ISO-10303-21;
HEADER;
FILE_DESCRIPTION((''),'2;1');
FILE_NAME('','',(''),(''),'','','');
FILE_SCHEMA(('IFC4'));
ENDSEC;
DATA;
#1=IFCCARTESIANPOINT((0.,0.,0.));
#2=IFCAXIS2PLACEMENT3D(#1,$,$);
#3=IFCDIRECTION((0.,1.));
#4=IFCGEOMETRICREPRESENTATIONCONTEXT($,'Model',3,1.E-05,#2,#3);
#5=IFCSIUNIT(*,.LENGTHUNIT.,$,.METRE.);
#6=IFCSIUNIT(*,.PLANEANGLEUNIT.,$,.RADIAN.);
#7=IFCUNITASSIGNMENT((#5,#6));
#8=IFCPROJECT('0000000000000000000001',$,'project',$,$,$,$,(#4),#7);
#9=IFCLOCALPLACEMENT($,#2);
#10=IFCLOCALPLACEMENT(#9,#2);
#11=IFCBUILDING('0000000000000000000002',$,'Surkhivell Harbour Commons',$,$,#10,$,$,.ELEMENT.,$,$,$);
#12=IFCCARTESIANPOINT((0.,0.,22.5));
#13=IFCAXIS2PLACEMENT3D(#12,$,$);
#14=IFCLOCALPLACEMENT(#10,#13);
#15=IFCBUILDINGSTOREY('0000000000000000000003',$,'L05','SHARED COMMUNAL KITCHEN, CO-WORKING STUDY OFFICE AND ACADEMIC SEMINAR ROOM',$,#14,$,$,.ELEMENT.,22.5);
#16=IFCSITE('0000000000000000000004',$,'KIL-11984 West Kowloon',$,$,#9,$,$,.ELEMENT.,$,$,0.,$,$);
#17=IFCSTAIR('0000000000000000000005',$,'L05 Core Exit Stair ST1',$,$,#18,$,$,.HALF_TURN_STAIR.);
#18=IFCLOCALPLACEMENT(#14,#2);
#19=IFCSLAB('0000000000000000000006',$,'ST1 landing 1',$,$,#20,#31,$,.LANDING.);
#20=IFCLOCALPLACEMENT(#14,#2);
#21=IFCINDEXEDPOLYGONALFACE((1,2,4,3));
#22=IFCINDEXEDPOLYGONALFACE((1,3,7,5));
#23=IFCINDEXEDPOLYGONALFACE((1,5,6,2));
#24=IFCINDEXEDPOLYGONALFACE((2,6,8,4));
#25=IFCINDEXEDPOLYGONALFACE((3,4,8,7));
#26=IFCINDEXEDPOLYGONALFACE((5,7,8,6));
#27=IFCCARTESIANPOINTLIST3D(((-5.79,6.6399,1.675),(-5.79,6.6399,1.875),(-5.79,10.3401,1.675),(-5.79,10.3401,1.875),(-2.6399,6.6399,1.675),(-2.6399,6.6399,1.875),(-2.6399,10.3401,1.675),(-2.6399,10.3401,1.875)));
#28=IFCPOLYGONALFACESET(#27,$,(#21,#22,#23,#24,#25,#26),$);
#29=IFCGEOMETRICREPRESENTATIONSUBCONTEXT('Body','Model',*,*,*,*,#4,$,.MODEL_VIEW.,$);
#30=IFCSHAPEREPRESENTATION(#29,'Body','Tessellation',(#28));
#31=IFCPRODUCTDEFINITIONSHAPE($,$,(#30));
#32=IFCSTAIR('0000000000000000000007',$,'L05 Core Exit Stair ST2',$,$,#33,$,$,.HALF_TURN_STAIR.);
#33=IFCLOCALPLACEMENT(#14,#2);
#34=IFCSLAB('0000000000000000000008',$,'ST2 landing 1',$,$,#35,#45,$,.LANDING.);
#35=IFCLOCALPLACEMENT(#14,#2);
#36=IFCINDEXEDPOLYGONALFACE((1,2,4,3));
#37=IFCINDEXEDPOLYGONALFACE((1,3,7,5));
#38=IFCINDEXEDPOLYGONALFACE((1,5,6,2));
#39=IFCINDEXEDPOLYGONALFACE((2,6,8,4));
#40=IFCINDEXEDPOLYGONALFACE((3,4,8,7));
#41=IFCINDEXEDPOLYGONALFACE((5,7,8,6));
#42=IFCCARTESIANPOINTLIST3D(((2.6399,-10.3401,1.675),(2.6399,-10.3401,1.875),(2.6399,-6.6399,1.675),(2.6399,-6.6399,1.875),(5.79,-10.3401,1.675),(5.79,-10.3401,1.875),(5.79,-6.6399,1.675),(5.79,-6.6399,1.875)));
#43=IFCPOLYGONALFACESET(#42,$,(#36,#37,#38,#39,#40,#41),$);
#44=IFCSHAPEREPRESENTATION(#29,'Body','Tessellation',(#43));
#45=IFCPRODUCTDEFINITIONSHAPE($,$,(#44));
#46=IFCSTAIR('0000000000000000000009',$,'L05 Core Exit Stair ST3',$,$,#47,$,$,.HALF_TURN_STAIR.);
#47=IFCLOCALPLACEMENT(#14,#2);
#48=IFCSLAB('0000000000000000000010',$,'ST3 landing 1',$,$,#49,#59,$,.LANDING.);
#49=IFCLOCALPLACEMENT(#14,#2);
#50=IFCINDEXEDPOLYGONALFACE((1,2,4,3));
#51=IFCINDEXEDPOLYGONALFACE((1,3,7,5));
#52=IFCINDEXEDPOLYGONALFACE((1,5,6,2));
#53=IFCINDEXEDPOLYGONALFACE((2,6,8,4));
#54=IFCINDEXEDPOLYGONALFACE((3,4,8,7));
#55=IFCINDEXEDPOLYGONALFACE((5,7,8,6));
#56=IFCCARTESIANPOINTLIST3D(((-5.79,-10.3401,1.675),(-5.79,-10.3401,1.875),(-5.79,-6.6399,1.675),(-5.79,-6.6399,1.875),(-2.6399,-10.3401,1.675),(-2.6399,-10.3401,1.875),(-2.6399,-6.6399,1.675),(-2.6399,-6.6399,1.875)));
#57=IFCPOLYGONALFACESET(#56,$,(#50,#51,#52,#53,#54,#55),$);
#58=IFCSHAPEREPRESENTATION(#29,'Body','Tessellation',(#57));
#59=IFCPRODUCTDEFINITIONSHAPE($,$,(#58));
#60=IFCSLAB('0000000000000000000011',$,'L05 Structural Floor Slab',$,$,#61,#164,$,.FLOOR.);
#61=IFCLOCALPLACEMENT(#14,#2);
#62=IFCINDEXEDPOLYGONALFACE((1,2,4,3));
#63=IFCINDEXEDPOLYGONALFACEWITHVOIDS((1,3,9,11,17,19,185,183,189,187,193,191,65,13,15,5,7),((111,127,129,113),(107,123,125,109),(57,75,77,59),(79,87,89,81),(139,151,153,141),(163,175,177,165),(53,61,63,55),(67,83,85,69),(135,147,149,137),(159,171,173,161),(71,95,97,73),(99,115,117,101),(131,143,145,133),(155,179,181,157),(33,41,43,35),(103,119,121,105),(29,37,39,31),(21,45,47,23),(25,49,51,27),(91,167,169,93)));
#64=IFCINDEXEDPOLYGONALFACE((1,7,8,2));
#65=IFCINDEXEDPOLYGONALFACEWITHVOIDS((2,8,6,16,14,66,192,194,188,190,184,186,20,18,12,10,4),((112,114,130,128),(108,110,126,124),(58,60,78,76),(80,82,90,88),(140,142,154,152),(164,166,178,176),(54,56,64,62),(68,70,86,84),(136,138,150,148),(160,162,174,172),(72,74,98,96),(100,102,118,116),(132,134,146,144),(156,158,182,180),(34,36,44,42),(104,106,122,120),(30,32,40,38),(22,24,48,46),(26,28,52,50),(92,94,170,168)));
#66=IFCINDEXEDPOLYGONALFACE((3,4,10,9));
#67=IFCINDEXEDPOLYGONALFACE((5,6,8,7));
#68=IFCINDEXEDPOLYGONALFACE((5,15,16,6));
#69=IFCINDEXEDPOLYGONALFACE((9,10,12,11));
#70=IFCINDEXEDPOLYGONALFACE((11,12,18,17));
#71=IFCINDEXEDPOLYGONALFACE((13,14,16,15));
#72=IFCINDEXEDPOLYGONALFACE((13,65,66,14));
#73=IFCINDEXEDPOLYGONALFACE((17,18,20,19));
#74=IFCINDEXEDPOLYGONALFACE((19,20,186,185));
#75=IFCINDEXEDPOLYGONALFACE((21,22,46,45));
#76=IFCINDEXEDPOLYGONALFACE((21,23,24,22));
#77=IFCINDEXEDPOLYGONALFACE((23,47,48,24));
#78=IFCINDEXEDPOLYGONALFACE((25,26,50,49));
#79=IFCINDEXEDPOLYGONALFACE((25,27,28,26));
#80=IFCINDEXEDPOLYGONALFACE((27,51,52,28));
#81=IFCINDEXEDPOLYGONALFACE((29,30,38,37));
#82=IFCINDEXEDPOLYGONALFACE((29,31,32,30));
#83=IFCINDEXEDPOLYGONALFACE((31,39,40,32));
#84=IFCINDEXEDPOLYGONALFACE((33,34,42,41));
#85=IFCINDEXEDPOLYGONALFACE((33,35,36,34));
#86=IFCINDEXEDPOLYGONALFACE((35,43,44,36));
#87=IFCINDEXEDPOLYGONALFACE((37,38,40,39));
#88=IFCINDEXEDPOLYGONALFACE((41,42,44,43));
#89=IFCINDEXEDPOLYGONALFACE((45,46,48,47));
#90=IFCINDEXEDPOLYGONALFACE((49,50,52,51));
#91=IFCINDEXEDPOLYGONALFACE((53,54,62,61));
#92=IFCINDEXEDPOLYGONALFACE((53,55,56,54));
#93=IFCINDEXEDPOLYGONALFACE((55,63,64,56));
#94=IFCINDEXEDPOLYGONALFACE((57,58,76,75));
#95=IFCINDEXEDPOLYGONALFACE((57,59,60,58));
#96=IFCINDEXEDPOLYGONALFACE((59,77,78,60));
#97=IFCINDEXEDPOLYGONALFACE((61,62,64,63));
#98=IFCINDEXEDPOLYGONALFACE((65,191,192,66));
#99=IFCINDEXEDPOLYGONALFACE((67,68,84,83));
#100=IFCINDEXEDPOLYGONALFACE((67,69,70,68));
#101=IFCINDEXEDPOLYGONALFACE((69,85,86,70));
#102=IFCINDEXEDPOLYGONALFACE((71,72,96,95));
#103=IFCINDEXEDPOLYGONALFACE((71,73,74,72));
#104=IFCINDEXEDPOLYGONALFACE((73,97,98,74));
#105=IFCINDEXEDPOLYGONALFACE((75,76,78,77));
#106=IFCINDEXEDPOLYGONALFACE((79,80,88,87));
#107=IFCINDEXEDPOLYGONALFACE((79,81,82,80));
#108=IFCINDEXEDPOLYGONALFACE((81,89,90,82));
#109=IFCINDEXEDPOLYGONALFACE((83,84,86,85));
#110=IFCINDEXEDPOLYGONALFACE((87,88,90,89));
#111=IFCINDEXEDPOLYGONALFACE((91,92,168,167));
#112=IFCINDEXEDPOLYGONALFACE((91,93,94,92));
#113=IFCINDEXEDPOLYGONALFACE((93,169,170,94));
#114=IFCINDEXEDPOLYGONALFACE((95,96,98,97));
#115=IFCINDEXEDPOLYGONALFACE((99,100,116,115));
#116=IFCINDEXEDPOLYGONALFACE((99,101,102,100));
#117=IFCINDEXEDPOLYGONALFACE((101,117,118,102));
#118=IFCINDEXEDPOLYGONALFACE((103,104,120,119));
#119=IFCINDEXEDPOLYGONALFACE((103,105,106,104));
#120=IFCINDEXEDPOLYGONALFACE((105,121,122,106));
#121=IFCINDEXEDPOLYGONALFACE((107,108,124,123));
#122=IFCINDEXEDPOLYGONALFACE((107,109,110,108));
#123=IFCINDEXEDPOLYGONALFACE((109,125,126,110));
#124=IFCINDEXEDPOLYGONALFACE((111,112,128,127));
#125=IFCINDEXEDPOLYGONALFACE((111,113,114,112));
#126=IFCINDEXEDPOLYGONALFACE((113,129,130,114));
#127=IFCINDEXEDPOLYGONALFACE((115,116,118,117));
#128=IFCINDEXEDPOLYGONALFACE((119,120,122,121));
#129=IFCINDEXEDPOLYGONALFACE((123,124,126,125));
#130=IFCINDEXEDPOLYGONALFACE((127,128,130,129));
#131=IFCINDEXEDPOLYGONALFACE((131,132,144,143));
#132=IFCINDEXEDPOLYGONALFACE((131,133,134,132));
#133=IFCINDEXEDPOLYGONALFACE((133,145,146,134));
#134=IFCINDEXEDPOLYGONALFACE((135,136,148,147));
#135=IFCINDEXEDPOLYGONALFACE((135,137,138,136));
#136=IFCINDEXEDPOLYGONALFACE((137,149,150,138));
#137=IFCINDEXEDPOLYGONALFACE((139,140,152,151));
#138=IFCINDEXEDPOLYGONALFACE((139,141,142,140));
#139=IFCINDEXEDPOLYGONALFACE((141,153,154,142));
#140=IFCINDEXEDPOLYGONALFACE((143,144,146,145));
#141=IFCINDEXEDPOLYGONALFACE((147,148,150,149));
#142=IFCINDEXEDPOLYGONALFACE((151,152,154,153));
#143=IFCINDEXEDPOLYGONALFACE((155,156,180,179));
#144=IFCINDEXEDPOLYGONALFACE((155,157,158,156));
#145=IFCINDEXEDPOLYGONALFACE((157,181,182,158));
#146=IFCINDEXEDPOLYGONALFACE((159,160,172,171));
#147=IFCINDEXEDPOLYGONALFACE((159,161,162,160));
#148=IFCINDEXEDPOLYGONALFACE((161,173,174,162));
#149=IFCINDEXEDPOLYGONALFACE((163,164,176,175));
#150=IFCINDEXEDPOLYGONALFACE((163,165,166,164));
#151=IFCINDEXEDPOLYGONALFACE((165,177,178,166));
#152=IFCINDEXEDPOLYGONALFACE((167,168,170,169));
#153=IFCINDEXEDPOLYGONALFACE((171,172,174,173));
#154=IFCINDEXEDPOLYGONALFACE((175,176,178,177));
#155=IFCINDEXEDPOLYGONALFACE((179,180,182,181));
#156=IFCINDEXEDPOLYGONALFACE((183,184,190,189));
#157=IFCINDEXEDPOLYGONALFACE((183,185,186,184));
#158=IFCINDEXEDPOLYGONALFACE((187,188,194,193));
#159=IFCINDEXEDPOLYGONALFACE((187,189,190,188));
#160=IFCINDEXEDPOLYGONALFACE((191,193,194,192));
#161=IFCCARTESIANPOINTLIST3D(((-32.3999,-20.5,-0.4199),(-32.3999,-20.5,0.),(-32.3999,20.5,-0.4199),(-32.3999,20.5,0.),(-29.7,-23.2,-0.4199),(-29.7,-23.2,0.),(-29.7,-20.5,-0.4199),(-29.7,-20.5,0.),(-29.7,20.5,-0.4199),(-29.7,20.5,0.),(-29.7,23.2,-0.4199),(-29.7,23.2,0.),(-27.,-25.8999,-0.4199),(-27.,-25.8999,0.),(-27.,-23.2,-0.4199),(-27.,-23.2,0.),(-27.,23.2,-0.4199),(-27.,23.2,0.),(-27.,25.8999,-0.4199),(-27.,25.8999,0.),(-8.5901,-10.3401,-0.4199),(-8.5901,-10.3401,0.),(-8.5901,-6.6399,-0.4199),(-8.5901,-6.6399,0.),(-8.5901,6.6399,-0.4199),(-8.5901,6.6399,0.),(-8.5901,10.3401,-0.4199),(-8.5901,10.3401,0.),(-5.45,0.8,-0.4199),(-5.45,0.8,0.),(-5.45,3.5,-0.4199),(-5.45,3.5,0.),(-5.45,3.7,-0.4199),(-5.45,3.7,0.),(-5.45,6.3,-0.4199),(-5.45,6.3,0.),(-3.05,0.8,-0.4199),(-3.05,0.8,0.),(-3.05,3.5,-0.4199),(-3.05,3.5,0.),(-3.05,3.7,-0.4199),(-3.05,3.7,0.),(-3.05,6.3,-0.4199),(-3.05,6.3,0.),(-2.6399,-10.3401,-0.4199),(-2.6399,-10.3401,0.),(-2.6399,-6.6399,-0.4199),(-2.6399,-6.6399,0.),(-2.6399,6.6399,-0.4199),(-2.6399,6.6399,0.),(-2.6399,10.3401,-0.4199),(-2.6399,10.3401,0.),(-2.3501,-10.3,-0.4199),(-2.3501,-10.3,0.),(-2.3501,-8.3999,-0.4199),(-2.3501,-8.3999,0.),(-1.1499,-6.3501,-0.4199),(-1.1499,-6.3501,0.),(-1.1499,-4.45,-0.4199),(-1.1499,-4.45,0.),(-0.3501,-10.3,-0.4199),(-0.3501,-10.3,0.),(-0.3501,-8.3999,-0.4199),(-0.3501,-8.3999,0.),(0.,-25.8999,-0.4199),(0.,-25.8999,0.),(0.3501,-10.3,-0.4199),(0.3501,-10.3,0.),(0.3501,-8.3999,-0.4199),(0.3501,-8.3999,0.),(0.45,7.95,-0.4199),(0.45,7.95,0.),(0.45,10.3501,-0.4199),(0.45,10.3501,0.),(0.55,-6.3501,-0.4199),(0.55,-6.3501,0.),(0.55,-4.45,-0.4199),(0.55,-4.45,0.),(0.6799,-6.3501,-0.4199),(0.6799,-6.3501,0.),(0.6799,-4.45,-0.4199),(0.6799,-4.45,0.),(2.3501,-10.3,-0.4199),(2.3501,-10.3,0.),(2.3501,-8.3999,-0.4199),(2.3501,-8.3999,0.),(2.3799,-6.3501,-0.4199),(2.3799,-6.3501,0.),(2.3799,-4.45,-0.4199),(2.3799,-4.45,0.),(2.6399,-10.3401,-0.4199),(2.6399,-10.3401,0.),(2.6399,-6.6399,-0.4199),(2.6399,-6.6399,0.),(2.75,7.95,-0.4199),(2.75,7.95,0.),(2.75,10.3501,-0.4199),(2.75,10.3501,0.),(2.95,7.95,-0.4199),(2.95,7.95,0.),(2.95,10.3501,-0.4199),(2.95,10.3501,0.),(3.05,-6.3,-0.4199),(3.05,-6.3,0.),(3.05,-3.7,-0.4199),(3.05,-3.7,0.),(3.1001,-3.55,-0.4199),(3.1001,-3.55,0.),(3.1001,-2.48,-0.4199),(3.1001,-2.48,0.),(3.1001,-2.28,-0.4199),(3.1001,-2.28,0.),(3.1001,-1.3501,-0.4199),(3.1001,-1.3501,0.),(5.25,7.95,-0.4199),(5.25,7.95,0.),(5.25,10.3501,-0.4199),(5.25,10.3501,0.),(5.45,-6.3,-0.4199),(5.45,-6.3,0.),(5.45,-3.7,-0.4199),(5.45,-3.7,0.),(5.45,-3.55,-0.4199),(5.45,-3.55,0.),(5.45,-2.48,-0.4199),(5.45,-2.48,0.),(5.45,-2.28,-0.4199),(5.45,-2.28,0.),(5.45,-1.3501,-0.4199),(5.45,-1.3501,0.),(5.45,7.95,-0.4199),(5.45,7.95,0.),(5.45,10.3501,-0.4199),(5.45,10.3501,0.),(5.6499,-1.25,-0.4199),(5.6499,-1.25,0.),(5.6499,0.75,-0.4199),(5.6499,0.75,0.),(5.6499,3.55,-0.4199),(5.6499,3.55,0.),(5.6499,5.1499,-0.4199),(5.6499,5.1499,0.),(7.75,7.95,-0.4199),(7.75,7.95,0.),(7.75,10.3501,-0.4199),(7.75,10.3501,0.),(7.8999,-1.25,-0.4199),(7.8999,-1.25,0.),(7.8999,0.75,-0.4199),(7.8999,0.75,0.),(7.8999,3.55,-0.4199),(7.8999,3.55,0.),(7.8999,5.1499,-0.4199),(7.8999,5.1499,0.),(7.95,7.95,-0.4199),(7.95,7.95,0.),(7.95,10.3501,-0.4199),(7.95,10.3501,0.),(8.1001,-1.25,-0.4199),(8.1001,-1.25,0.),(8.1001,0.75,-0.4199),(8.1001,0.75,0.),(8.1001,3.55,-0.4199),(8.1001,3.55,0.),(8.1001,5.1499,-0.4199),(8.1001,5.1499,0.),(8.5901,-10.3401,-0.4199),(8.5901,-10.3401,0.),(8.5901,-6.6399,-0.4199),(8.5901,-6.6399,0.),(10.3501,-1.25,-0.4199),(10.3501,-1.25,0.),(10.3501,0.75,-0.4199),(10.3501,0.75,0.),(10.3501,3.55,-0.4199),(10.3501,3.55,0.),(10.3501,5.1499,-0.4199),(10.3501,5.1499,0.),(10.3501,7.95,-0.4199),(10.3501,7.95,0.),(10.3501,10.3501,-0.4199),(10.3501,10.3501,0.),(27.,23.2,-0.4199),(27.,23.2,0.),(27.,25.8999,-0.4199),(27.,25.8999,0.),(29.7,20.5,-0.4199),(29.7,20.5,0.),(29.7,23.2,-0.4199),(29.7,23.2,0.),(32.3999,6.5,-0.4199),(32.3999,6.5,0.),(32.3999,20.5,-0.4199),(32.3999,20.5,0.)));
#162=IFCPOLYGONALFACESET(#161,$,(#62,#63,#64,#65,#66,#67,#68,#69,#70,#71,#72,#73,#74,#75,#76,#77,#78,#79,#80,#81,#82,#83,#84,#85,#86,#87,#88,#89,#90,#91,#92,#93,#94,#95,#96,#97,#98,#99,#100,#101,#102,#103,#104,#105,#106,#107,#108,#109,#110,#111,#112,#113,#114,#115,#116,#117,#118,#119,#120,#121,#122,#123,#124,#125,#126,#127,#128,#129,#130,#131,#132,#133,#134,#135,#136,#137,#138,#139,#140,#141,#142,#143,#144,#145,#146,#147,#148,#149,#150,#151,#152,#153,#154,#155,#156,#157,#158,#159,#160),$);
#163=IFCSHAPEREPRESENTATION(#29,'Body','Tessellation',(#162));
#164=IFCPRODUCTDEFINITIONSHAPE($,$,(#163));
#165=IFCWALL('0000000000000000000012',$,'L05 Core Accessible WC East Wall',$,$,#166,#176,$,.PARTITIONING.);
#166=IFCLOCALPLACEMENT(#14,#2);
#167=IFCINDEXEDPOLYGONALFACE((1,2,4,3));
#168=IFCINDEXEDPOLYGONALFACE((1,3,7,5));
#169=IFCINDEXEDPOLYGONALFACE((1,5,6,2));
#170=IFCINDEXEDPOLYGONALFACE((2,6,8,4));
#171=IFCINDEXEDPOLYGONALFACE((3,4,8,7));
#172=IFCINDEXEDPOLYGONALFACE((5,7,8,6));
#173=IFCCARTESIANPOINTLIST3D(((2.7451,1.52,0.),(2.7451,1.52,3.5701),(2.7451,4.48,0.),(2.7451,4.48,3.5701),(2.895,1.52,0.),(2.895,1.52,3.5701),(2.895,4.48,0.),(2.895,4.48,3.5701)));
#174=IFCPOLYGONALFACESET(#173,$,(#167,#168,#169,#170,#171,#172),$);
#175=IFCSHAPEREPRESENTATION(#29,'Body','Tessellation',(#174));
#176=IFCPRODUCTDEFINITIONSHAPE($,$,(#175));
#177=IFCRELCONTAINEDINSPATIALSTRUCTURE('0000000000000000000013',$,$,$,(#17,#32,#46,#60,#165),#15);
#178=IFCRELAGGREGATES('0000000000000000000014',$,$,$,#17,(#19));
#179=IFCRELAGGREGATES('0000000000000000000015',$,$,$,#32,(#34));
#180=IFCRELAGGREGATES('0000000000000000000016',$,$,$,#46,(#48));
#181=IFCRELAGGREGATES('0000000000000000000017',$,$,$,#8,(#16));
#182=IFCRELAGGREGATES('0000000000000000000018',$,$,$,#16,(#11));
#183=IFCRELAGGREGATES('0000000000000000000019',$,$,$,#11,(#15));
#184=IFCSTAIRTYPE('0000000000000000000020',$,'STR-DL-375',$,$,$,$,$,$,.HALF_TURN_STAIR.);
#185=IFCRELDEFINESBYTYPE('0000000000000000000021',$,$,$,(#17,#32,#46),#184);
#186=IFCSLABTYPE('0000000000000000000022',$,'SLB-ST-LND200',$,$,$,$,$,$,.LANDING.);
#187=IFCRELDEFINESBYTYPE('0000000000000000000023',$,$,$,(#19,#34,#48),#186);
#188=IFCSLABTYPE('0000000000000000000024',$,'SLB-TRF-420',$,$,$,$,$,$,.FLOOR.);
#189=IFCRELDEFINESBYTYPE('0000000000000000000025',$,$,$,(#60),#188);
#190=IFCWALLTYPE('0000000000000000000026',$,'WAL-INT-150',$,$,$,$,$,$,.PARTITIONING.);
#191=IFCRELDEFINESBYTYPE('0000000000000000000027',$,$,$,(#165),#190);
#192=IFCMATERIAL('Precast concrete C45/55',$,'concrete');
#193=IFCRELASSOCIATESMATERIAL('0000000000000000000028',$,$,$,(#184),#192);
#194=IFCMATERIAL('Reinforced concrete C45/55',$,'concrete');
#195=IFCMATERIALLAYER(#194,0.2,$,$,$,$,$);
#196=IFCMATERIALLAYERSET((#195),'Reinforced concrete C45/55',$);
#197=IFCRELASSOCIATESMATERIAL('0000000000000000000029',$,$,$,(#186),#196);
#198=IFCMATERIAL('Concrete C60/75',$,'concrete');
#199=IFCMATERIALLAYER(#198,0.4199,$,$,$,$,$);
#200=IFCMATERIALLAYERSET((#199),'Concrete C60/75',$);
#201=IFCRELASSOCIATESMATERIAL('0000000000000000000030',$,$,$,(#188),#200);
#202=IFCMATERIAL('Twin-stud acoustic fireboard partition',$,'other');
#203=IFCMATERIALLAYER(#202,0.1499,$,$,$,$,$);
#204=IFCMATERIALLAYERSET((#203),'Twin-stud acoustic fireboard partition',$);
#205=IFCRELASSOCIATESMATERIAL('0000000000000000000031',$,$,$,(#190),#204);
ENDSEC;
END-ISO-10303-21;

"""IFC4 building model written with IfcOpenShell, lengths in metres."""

from ifc_helpers import new_model, si_unit, direction, frame, frame_2d, origin, place, context, subcontext, project, spatial, polyline, rectangle, outline, extrude, material, layer, layer_set, type_object, element, aggregate, save


model = new_model("IFC4")

# Units and contexts
model_context = context("Model", 3, precision=1e-05, world=origin(), true_north=direction((0.0, 1.0)))
body_context = subcontext(model_context, "Body", "Model", "MODEL_VIEW")
ifc_project = project(units=[si_unit("LENGTHUNIT", "METRE"), si_unit("PLANEANGLEUNIT", "RADIAN")], contexts=[model_context])

# Site, building, storey
site_placement = place(None, origin())
site = spatial("IfcSite", under=ifc_project, at=site_placement, Name="KIL-11984 West Kowloon", CompositionType="ELEMENT", RefElevation=0.0)
building_placement = place(site_placement, origin())
building = spatial("IfcBuilding", under=site, at=building_placement, Name="Surkhivell Harbour Commons", CompositionType="ELEMENT")
storey_placement = place(building_placement, frame((0.0, 0.0, 22.5)))
storey = spatial("IfcBuildingStorey", under=building, at=storey_placement, Name="L05", Description="SHARED COMMUNAL KITCHEN, CO-WORKING STUDY OFFICE AND ACADEMIC SEMINAR ROOM", CompositionType="ELEMENT", Elevation=22.5)

# Stairs, slabs
ifc_material_1 = material(Name="Precast concrete C45/55", Category="concrete")
stair_type = type_object("IfcStairType", Name="STR-DL-375", PredefinedType="HALF_TURN_STAIR", material=ifc_material_1)
stair_1_placement = place(storey_placement, origin())
stair_1 = element("IfcStair", 1, at=stair_1_placement, inside=storey, type_object=stair_type, Name="L05 Core Exit Stair ST1", PredefinedType="HALF_TURN_STAIR")
ifc_material_2 = material(Name="Reinforced concrete C45/55", Category="concrete")
ifc_layer_1 = layer(ifc_material_2, 0.2)
ifc_layer_set_1 = layer_set([ifc_layer_1], Name="Reinforced concrete C45/55")
slab_type_1 = type_object("IfcSlabType", Name="SLB-ST-LND200", PredefinedType="LANDING", material=ifc_layer_set_1)
slab_1_placement = place(storey_placement, frame((0.0, 0.0, 1.675)))
slab_1 = element("IfcSlab", 2, at=slab_1_placement, type_object=slab_type_1, Name="ST1 landing 1", PredefinedType="LANDING", context=body_context, shape_type="SweptSolid", body=[
    extrude(outline(polyline([(-5.79, 6.6399), (-2.6399, 6.6399), (-2.6399, 10.3401), (-5.79, 10.3401), (-5.79, 6.6399)])), origin(), (0.0, 0.0, 1.0), 0.2),
])
aggregate(stair_1, [slab_1])
stair_2_placement = place(storey_placement, origin())
stair_2 = element("IfcStair", 3, at=stair_2_placement, inside=storey, type_object=stair_type, Name="L05 Core Exit Stair ST2", PredefinedType="HALF_TURN_STAIR")
slab_2_placement = place(storey_placement, frame((0.0, 0.0, 1.675)))
slab_2 = element("IfcSlab", 4, at=slab_2_placement, type_object=slab_type_1, Name="ST2 landing 1", PredefinedType="LANDING", context=body_context, shape_type="SweptSolid", body=[
    extrude(outline(polyline([(5.79, -6.6399), (2.6399, -6.6399), (2.6399, -10.3401), (5.79, -10.3401), (5.79, -6.6399)])), origin(), (0.0, 0.0, 1.0), 0.2),
])
aggregate(stair_2, [slab_2])
stair_3_placement = place(storey_placement, origin())
stair_3 = element("IfcStair", 5, at=stair_3_placement, inside=storey, type_object=stair_type, Name="L05 Core Exit Stair ST3", PredefinedType="HALF_TURN_STAIR")
slab_3_placement = place(storey_placement, frame((0.0, 0.0, 1.675)))
slab_3 = element("IfcSlab", 6, at=slab_3_placement, type_object=slab_type_1, Name="ST3 landing 1", PredefinedType="LANDING", context=body_context, shape_type="SweptSolid", body=[
    extrude(outline(polyline([(-5.79, -10.3401), (-2.6399, -10.3401), (-2.6399, -6.6399), (-5.79, -6.6399), (-5.79, -10.3401)])), origin(), (0.0, 0.0, 1.0), 0.2),
])
aggregate(stair_3, [slab_3])

# Slab
ifc_material_3 = material(Name="Concrete C60/75", Category="concrete")
ifc_layer_2 = layer(ifc_material_3, 0.4199)
ifc_layer_set_2 = layer_set([ifc_layer_2], Name="Concrete C60/75")
slab_type_2 = type_object("IfcSlabType", Name="SLB-TRF-420", PredefinedType="FLOOR", material=ifc_layer_set_2)
slab_4_placement = place(storey_placement, frame((0.0, 0.0, -0.4199)))
element("IfcSlab", 7, at=slab_4_placement, inside=storey, type_object=slab_type_2, Name="L05 Structural Floor Slab", PredefinedType="FLOOR", context=body_context, shape_type="SweptSolid", body=[
    extrude(outline(polyline([(-27.0, -25.8999), (0.0, -25.8999), (32.3999, 6.5), (32.3999, 20.5), (29.7, 20.5), (29.7, 23.2), (27.0, 23.2), (27.0, 25.8999), (-27.0, 25.8999), (-27.0, 23.2), (-29.7, 23.2), (-29.7, 20.5), (-32.3999, 20.5), (-32.3999, -20.5), (-29.7, -20.5), (-29.7, -23.2), (-27.0, -23.2), (-27.0, -25.8999)]), holes=[polyline([(-8.5901, 6.6399), (-2.6399, 6.6399), (-2.6399, 10.3401), (-8.5901, 10.3401), (-8.5901, 6.6399)]), polyline([(8.5901, -6.6399), (2.6399, -6.6399), (2.6399, -10.3401), (8.5901, -10.3401), (8.5901, -6.6399)]), polyline([(-8.5901, -10.3401), (-2.6399, -10.3401), (-2.6399, -6.6399), (-8.5901, -6.6399), (-8.5901, -10.3401)]), polyline([(0.45, 7.95), (2.75, 7.95), (2.75, 10.3501), (0.45, 10.3501), (0.45, 7.95)]), polyline([(2.95, 7.95), (5.25, 7.95), (5.25, 10.3501), (2.95, 10.3501), (2.95, 7.95)]), polyline([(5.45, 7.95), (7.75, 7.95), (7.75, 10.3501), (5.45, 10.3501), (5.45, 7.95)]), polyline([(7.95, 7.95), (10.3501, 7.95), (10.3501, 10.3501), (7.95, 10.3501), (7.95, 7.95)]), polyline([(5.6499, 3.55), (7.8999, 3.55), (7.8999, 5.1499), (5.6499, 5.1499), (5.6499, 3.55)]), polyline([(8.1001, 3.55), (10.3501, 3.55), (10.3501, 5.1499), (8.1001, 5.1499), (8.1001, 3.55)]), polyline([(5.6499, -1.25), (7.8999, -1.25), (7.8999, 0.75), (5.6499, 0.75), (5.6499, -1.25)]), polyline([(8.1001, -1.25), (10.3501, -1.25), (10.3501, 0.75), (8.1001, 0.75), (8.1001, -1.25)]), polyline([(-1.1499, -6.3501), (0.55, -6.3501), (0.55, -4.45), (-1.1499, -4.45), (-1.1499, -6.3501)]), polyline([(0.6799, -6.3501), (2.3799, -6.3501), (2.3799, -4.45), (0.6799, -4.45), (0.6799, -6.3501)]), polyline([(-2.3501, -10.3), (-0.3501, -10.3), (-0.3501, -8.3999), (-2.3501, -8.3999), (-2.3501, -10.3)]), polyline([(0.3501, -10.3), (2.3501, -10.3), (2.3501, -8.3999), (0.3501, -8.3999), (0.3501, -10.3)]), polyline([(-5.45, 3.7), (-3.05, 3.7), (-3.05, 6.3), (-5.45, 6.3), (-5.45, 3.7)]), polyline([(3.05, -6.3), (5.45, -6.3), (5.45, -3.7), (3.05, -3.7), (3.05, -6.3)]), polyline([(-5.45, 0.8), (-3.05, 0.8), (-3.05, 3.5), (-5.45, 3.5), (-5.45, 0.8)]), polyline([(3.1001, -3.55), (5.45, -3.55), (5.45, -2.48), (3.1001, -2.48), (3.1001, -3.55)]), polyline([(3.1001, -2.28), (5.45, -2.28), (5.45, -1.3501), (3.1001, -1.3501), (3.1001, -2.28)])]), origin(), (0.0, 0.0, 1.0), 0.4199),
])

# Wall
ifc_material_4 = material(Name="Twin-stud acoustic fireboard partition", Category="other")
ifc_layer_3 = layer(ifc_material_4, 0.1499)
ifc_layer_set_3 = layer_set([ifc_layer_3], Name="Twin-stud acoustic fireboard partition")
wall_type_1 = type_object("IfcWallType", Name="WAL-INT-150", PredefinedType="PARTITIONING", material=ifc_layer_set_3)
wall_1_placement = place(storey_placement, frame((2.8201, 1.52, 0.0), z_axis=(0.0, 0.0, 1.0), x_axis=(0.0, 1.0, 0.0)))
element("IfcWall", 8, at=wall_1_placement, inside=storey, type_object=wall_type_1, Name="L05 Core Accessible WC East Wall", PredefinedType="PARTITIONING", context=body_context, shape_type="SweptSolid", body=[
    extrude(rectangle(XDim=2.96, YDim=0.1499, at=frame_2d((1.48, 0.0))), origin(), (0.0, 0.0, 1.0), 3.5701),
])

save(model, "model.ifc")
